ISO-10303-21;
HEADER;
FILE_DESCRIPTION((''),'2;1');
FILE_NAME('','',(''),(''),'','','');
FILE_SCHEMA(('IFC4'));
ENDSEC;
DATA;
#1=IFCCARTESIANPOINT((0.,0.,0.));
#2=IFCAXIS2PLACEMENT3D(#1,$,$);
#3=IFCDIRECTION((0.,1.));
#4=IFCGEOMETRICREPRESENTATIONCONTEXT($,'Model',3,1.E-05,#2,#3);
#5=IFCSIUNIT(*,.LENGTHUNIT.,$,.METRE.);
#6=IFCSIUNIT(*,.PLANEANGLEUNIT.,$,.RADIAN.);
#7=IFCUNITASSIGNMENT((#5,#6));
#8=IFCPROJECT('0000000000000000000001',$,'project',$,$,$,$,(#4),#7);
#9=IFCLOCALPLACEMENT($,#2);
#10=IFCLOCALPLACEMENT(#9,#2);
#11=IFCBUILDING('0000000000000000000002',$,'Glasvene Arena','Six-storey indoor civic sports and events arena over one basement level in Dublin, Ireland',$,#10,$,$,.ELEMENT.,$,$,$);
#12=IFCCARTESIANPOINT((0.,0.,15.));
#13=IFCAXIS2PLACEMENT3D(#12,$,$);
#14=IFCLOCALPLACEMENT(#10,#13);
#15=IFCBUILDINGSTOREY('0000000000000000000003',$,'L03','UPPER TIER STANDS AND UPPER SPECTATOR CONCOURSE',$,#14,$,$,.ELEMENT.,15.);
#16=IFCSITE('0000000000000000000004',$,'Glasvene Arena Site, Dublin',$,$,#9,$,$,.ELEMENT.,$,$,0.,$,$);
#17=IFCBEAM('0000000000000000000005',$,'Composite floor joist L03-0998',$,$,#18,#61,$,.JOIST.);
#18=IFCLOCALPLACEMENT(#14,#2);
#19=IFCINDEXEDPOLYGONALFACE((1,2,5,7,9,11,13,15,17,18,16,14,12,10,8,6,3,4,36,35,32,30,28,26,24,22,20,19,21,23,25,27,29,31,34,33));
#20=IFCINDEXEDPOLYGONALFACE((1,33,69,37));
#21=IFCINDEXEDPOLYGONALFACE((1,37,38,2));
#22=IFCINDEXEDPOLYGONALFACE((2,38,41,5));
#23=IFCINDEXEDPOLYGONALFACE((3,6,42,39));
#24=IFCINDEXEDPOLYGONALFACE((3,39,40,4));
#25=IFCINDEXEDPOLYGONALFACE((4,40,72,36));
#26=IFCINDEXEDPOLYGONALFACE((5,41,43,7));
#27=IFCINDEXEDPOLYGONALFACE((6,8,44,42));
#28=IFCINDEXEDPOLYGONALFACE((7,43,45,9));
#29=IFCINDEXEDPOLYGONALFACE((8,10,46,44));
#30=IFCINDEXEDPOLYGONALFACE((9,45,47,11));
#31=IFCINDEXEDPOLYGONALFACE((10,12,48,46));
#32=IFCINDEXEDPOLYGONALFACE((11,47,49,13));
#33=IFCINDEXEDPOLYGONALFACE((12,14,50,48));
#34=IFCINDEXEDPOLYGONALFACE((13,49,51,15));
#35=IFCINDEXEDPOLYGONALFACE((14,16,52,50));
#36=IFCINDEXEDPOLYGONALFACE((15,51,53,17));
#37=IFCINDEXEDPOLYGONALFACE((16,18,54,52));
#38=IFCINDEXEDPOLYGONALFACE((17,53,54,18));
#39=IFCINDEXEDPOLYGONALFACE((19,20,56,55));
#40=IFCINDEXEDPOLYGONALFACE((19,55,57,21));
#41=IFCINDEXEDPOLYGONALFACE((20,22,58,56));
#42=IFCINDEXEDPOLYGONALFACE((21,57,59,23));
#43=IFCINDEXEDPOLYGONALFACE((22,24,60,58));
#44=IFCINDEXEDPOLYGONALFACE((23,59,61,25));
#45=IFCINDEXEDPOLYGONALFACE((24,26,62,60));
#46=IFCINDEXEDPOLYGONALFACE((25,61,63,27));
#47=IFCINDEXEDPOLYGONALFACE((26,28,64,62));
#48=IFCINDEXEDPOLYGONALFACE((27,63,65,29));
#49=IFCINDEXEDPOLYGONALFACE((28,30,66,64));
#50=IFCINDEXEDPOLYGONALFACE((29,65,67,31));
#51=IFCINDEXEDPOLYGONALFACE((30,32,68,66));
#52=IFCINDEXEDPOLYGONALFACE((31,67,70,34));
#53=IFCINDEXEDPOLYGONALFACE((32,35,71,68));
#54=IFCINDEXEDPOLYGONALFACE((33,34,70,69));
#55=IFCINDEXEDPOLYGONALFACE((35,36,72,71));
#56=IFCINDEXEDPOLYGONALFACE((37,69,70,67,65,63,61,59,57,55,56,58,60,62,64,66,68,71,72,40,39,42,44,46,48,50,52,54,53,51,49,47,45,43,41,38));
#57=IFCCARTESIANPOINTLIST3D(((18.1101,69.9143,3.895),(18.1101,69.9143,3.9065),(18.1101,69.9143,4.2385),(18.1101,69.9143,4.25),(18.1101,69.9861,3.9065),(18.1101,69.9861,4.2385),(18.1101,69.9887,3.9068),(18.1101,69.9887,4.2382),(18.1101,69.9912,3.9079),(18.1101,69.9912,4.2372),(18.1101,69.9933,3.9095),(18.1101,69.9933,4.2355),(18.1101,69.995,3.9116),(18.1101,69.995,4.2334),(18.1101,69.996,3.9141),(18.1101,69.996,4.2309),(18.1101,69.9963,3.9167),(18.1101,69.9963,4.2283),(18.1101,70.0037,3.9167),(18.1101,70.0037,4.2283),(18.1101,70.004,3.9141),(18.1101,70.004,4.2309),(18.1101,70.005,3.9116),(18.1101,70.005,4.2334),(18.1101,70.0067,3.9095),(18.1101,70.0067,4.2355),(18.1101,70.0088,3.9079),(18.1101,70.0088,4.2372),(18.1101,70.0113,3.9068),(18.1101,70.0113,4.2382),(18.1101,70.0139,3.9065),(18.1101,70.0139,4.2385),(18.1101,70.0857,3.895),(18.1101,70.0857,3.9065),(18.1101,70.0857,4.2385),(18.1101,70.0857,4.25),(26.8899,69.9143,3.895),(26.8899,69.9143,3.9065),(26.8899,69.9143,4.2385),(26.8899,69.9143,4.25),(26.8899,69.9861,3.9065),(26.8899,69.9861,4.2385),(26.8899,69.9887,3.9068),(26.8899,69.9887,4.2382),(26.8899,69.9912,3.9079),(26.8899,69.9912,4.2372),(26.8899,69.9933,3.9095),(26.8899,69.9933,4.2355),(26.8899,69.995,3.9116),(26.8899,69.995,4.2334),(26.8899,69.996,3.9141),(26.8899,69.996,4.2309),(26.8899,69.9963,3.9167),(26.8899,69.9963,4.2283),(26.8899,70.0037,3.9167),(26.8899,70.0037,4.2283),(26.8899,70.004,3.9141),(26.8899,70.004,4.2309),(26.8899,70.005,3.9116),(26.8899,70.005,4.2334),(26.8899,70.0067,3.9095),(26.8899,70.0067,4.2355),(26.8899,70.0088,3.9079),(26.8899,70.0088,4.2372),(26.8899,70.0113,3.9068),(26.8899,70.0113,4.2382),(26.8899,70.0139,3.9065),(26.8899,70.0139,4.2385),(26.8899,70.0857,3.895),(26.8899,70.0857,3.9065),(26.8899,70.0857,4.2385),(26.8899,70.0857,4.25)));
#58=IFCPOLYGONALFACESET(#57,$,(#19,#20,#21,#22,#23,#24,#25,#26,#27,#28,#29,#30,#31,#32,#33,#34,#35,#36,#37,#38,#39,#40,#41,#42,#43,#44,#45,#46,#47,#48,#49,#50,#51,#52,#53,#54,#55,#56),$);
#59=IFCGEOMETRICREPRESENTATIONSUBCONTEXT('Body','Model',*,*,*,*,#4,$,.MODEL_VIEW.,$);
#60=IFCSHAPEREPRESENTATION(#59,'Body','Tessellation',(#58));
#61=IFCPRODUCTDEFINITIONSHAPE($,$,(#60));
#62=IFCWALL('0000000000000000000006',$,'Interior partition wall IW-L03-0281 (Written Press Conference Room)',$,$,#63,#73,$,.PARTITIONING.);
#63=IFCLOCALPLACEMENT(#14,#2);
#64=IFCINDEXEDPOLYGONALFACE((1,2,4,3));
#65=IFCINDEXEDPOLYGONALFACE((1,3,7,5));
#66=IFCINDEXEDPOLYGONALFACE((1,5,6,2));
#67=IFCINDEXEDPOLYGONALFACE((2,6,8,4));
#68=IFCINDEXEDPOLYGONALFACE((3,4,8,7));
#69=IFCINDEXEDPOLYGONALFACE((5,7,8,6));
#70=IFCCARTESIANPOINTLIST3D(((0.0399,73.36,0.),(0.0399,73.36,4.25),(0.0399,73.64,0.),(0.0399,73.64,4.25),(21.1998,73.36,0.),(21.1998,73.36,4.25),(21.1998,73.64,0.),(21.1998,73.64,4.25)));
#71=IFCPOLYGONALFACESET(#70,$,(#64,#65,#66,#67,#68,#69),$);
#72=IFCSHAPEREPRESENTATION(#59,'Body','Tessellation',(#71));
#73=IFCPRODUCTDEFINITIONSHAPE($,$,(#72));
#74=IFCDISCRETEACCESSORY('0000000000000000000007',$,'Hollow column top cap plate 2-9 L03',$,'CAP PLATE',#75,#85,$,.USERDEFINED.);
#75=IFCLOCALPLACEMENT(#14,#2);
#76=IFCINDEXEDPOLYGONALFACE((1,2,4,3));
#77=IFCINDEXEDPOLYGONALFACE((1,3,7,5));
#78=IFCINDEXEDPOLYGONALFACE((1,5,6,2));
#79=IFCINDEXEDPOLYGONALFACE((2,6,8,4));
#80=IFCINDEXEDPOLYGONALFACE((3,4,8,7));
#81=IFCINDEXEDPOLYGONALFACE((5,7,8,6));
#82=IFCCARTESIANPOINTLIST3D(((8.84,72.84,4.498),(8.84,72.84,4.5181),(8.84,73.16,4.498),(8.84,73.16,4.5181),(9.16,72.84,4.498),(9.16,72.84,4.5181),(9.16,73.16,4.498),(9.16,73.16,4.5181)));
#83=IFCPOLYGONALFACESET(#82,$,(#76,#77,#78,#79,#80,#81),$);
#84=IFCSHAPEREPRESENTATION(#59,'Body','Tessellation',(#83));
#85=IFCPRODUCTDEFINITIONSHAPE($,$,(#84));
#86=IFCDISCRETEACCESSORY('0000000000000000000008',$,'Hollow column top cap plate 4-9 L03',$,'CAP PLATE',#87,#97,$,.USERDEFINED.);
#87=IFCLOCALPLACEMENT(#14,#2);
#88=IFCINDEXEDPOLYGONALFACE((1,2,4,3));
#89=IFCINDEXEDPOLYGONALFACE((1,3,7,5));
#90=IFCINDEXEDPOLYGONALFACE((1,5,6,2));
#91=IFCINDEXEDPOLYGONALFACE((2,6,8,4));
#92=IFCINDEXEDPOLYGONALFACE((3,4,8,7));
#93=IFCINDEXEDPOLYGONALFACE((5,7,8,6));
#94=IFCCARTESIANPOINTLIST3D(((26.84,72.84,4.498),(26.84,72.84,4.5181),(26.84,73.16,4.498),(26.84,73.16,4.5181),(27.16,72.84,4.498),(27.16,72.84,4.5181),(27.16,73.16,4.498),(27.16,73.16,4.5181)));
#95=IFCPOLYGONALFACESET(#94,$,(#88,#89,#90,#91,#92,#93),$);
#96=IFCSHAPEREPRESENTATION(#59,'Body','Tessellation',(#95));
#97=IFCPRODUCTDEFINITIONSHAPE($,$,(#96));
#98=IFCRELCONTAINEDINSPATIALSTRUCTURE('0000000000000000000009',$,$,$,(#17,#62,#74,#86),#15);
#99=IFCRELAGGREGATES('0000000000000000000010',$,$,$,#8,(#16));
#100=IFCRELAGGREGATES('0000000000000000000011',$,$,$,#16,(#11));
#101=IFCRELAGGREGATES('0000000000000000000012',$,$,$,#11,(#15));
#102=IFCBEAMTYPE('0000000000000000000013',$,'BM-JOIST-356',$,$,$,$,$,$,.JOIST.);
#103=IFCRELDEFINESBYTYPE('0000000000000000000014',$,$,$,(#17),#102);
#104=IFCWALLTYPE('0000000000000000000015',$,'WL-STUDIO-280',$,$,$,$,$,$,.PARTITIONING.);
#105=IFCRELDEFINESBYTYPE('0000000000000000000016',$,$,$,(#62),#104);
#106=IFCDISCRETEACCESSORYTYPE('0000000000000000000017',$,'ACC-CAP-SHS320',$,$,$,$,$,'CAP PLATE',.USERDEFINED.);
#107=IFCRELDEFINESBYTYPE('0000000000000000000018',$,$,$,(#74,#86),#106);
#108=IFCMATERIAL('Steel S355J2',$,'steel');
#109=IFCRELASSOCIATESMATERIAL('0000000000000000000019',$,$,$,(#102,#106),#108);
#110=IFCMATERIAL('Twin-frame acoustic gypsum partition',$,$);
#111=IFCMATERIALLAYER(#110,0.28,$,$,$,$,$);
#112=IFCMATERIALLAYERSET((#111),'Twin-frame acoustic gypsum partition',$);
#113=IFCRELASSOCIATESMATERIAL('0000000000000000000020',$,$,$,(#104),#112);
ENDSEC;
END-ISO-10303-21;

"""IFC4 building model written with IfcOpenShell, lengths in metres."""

from ifc_helpers import new_model, si_unit, direction, frame, frame_2d, origin, origin_2d, place, context, subcontext, project, spatial, rectangle, i_section, extrude, material, layer, layer_set, material_profile, profile_set, type_object, element, save


model = new_model("IFC4")

# Units and contexts
model_context = context("Model", 3, precision=1e-05, world=origin(), true_north=direction((0.0, 1.0)))
body_context = subcontext(model_context, "Body", "Model", "MODEL_VIEW")
ifc_project = project(units=[si_unit("LENGTHUNIT", "METRE"), si_unit("PLANEANGLEUNIT", "RADIAN")], contexts=[model_context])

# Site, building, storey
site_placement = place(None, origin())
site = spatial("IfcSite", under=ifc_project, at=site_placement, Name="Glasvene Arena Site, Dublin", CompositionType="ELEMENT", RefElevation=0.0)
building_placement = place(site_placement, origin())
building = spatial("IfcBuilding", under=site, at=building_placement, Name="Glasvene Arena", Description="Six-storey indoor civic sports and events arena over one basement level in Dublin, Ireland", CompositionType="ELEMENT")
storey_placement = place(building_placement, frame((0.0, 0.0, 15.0)))
storey = spatial("IfcBuildingStorey", under=building, at=storey_placement, Name="L03", Description="UPPER TIER STANDS AND UPPER SPECTATOR CONCOURSE", CompositionType="ELEMENT", Elevation=15.0)

# Shared definitions
ifc_material_1 = material(Name="Steel S355J2", Category="steel")

# Beam
ifc_material_profile_1 = material_profile(ifc_material_1, i_section(OverallWidth=0.1714, OverallDepth=0.355, WebThickness=0.0073, FlangeThickness=0.0115, FilletRadius=0.0103, at=origin_2d()), Name="UKB 356x171x51")
ifc_profile_set_1 = profile_set([ifc_material_profile_1], Name="Steel S355J2")
beam_type_1 = type_object("IfcBeamType", Name="BM-JOIST-356", PredefinedType="JOIST", material=ifc_profile_set_1)
for number, where, z_axis, x_axis, name in (
    (1, (18.1101, 70.0, 4.0725), (1.0, 0.0, 0.0), (0.0, 1.0, 0.0), "Composite floor joist L03-0998"),
):
    element("IfcBeam", number, at=place(storey_placement, frame(where, z_axis=z_axis, x_axis=x_axis)), inside=storey, type_object=beam_type_1, Name=name, PredefinedType="JOIST", context=body_context, shape_type="SweptSolid", body=[
        extrude(i_section(OverallWidth=0.1714, OverallDepth=0.355, WebThickness=0.0073, FlangeThickness=0.0115, FilletRadius=0.0103, at=origin_2d()), origin(), (0.0, 0.0, 1.0), 8.7798),
    ])

# Wall
ifc_material_2 = material(Name="Twin-frame acoustic gypsum partition")
ifc_layer = layer(ifc_material_2, 0.28)
ifc_layer_set = layer_set([ifc_layer], Name="Twin-frame acoustic gypsum partition")
wall_type = type_object("IfcWallType", Name="WL-STUDIO-280", PredefinedType="PARTITIONING", material=ifc_layer_set)
wall_placement = place(storey_placement, frame((21.2, 73.5, 0.0), z_axis=(0.0, 0.0, 1.0), x_axis=(-1.0, 0.0, 0.0)))
element("IfcWall", 2, at=wall_placement, inside=storey, type_object=wall_type, Name="Interior partition wall IW-L03-0281 (Written Press Conference Room)", PredefinedType="PARTITIONING", context=body_context, shape_type="SweptSolid", body=[
    extrude(rectangle(XDim=21.1599, YDim=0.28, at=frame_2d((10.5801, 0.0))), origin(), (0.0, 0.0, 1.0), 4.25),
])

# Discrete accessories
discrete_accessory_type = type_object("IfcDiscreteAccessoryType", Name="ACC-CAP-SHS320", ElementType="CAP PLATE", PredefinedType="USERDEFINED", material=ifc_material_1)
for number, where, z_axis, x_axis, name in (
    (3, (9.0, 73.0, 4.498), (0.0, 0.0, 1.0), (1.0, 0.0, 0.0), "Hollow column top cap plate 2-9 L03"),
    (4, (27.0, 73.0, 4.498), (0.0, 0.0, 1.0), (1.0, 0.0, 0.0), "Hollow column top cap plate 4-9 L03"),
):
    element("IfcDiscreteAccessory", number, at=place(storey_placement, frame(where, z_axis=z_axis, x_axis=x_axis)), inside=storey, type_object=discrete_accessory_type, Name=name, ObjectType="CAP PLATE", PredefinedType="USERDEFINED", context=body_context, shape_type="SweptSolid", body=[
        extrude(rectangle(XDim=0.3201, YDim=0.3201, at=origin_2d()), origin(), (0.0, 0.0, 1.0), 0.02),
    ])

save(model, "model.ifc")
